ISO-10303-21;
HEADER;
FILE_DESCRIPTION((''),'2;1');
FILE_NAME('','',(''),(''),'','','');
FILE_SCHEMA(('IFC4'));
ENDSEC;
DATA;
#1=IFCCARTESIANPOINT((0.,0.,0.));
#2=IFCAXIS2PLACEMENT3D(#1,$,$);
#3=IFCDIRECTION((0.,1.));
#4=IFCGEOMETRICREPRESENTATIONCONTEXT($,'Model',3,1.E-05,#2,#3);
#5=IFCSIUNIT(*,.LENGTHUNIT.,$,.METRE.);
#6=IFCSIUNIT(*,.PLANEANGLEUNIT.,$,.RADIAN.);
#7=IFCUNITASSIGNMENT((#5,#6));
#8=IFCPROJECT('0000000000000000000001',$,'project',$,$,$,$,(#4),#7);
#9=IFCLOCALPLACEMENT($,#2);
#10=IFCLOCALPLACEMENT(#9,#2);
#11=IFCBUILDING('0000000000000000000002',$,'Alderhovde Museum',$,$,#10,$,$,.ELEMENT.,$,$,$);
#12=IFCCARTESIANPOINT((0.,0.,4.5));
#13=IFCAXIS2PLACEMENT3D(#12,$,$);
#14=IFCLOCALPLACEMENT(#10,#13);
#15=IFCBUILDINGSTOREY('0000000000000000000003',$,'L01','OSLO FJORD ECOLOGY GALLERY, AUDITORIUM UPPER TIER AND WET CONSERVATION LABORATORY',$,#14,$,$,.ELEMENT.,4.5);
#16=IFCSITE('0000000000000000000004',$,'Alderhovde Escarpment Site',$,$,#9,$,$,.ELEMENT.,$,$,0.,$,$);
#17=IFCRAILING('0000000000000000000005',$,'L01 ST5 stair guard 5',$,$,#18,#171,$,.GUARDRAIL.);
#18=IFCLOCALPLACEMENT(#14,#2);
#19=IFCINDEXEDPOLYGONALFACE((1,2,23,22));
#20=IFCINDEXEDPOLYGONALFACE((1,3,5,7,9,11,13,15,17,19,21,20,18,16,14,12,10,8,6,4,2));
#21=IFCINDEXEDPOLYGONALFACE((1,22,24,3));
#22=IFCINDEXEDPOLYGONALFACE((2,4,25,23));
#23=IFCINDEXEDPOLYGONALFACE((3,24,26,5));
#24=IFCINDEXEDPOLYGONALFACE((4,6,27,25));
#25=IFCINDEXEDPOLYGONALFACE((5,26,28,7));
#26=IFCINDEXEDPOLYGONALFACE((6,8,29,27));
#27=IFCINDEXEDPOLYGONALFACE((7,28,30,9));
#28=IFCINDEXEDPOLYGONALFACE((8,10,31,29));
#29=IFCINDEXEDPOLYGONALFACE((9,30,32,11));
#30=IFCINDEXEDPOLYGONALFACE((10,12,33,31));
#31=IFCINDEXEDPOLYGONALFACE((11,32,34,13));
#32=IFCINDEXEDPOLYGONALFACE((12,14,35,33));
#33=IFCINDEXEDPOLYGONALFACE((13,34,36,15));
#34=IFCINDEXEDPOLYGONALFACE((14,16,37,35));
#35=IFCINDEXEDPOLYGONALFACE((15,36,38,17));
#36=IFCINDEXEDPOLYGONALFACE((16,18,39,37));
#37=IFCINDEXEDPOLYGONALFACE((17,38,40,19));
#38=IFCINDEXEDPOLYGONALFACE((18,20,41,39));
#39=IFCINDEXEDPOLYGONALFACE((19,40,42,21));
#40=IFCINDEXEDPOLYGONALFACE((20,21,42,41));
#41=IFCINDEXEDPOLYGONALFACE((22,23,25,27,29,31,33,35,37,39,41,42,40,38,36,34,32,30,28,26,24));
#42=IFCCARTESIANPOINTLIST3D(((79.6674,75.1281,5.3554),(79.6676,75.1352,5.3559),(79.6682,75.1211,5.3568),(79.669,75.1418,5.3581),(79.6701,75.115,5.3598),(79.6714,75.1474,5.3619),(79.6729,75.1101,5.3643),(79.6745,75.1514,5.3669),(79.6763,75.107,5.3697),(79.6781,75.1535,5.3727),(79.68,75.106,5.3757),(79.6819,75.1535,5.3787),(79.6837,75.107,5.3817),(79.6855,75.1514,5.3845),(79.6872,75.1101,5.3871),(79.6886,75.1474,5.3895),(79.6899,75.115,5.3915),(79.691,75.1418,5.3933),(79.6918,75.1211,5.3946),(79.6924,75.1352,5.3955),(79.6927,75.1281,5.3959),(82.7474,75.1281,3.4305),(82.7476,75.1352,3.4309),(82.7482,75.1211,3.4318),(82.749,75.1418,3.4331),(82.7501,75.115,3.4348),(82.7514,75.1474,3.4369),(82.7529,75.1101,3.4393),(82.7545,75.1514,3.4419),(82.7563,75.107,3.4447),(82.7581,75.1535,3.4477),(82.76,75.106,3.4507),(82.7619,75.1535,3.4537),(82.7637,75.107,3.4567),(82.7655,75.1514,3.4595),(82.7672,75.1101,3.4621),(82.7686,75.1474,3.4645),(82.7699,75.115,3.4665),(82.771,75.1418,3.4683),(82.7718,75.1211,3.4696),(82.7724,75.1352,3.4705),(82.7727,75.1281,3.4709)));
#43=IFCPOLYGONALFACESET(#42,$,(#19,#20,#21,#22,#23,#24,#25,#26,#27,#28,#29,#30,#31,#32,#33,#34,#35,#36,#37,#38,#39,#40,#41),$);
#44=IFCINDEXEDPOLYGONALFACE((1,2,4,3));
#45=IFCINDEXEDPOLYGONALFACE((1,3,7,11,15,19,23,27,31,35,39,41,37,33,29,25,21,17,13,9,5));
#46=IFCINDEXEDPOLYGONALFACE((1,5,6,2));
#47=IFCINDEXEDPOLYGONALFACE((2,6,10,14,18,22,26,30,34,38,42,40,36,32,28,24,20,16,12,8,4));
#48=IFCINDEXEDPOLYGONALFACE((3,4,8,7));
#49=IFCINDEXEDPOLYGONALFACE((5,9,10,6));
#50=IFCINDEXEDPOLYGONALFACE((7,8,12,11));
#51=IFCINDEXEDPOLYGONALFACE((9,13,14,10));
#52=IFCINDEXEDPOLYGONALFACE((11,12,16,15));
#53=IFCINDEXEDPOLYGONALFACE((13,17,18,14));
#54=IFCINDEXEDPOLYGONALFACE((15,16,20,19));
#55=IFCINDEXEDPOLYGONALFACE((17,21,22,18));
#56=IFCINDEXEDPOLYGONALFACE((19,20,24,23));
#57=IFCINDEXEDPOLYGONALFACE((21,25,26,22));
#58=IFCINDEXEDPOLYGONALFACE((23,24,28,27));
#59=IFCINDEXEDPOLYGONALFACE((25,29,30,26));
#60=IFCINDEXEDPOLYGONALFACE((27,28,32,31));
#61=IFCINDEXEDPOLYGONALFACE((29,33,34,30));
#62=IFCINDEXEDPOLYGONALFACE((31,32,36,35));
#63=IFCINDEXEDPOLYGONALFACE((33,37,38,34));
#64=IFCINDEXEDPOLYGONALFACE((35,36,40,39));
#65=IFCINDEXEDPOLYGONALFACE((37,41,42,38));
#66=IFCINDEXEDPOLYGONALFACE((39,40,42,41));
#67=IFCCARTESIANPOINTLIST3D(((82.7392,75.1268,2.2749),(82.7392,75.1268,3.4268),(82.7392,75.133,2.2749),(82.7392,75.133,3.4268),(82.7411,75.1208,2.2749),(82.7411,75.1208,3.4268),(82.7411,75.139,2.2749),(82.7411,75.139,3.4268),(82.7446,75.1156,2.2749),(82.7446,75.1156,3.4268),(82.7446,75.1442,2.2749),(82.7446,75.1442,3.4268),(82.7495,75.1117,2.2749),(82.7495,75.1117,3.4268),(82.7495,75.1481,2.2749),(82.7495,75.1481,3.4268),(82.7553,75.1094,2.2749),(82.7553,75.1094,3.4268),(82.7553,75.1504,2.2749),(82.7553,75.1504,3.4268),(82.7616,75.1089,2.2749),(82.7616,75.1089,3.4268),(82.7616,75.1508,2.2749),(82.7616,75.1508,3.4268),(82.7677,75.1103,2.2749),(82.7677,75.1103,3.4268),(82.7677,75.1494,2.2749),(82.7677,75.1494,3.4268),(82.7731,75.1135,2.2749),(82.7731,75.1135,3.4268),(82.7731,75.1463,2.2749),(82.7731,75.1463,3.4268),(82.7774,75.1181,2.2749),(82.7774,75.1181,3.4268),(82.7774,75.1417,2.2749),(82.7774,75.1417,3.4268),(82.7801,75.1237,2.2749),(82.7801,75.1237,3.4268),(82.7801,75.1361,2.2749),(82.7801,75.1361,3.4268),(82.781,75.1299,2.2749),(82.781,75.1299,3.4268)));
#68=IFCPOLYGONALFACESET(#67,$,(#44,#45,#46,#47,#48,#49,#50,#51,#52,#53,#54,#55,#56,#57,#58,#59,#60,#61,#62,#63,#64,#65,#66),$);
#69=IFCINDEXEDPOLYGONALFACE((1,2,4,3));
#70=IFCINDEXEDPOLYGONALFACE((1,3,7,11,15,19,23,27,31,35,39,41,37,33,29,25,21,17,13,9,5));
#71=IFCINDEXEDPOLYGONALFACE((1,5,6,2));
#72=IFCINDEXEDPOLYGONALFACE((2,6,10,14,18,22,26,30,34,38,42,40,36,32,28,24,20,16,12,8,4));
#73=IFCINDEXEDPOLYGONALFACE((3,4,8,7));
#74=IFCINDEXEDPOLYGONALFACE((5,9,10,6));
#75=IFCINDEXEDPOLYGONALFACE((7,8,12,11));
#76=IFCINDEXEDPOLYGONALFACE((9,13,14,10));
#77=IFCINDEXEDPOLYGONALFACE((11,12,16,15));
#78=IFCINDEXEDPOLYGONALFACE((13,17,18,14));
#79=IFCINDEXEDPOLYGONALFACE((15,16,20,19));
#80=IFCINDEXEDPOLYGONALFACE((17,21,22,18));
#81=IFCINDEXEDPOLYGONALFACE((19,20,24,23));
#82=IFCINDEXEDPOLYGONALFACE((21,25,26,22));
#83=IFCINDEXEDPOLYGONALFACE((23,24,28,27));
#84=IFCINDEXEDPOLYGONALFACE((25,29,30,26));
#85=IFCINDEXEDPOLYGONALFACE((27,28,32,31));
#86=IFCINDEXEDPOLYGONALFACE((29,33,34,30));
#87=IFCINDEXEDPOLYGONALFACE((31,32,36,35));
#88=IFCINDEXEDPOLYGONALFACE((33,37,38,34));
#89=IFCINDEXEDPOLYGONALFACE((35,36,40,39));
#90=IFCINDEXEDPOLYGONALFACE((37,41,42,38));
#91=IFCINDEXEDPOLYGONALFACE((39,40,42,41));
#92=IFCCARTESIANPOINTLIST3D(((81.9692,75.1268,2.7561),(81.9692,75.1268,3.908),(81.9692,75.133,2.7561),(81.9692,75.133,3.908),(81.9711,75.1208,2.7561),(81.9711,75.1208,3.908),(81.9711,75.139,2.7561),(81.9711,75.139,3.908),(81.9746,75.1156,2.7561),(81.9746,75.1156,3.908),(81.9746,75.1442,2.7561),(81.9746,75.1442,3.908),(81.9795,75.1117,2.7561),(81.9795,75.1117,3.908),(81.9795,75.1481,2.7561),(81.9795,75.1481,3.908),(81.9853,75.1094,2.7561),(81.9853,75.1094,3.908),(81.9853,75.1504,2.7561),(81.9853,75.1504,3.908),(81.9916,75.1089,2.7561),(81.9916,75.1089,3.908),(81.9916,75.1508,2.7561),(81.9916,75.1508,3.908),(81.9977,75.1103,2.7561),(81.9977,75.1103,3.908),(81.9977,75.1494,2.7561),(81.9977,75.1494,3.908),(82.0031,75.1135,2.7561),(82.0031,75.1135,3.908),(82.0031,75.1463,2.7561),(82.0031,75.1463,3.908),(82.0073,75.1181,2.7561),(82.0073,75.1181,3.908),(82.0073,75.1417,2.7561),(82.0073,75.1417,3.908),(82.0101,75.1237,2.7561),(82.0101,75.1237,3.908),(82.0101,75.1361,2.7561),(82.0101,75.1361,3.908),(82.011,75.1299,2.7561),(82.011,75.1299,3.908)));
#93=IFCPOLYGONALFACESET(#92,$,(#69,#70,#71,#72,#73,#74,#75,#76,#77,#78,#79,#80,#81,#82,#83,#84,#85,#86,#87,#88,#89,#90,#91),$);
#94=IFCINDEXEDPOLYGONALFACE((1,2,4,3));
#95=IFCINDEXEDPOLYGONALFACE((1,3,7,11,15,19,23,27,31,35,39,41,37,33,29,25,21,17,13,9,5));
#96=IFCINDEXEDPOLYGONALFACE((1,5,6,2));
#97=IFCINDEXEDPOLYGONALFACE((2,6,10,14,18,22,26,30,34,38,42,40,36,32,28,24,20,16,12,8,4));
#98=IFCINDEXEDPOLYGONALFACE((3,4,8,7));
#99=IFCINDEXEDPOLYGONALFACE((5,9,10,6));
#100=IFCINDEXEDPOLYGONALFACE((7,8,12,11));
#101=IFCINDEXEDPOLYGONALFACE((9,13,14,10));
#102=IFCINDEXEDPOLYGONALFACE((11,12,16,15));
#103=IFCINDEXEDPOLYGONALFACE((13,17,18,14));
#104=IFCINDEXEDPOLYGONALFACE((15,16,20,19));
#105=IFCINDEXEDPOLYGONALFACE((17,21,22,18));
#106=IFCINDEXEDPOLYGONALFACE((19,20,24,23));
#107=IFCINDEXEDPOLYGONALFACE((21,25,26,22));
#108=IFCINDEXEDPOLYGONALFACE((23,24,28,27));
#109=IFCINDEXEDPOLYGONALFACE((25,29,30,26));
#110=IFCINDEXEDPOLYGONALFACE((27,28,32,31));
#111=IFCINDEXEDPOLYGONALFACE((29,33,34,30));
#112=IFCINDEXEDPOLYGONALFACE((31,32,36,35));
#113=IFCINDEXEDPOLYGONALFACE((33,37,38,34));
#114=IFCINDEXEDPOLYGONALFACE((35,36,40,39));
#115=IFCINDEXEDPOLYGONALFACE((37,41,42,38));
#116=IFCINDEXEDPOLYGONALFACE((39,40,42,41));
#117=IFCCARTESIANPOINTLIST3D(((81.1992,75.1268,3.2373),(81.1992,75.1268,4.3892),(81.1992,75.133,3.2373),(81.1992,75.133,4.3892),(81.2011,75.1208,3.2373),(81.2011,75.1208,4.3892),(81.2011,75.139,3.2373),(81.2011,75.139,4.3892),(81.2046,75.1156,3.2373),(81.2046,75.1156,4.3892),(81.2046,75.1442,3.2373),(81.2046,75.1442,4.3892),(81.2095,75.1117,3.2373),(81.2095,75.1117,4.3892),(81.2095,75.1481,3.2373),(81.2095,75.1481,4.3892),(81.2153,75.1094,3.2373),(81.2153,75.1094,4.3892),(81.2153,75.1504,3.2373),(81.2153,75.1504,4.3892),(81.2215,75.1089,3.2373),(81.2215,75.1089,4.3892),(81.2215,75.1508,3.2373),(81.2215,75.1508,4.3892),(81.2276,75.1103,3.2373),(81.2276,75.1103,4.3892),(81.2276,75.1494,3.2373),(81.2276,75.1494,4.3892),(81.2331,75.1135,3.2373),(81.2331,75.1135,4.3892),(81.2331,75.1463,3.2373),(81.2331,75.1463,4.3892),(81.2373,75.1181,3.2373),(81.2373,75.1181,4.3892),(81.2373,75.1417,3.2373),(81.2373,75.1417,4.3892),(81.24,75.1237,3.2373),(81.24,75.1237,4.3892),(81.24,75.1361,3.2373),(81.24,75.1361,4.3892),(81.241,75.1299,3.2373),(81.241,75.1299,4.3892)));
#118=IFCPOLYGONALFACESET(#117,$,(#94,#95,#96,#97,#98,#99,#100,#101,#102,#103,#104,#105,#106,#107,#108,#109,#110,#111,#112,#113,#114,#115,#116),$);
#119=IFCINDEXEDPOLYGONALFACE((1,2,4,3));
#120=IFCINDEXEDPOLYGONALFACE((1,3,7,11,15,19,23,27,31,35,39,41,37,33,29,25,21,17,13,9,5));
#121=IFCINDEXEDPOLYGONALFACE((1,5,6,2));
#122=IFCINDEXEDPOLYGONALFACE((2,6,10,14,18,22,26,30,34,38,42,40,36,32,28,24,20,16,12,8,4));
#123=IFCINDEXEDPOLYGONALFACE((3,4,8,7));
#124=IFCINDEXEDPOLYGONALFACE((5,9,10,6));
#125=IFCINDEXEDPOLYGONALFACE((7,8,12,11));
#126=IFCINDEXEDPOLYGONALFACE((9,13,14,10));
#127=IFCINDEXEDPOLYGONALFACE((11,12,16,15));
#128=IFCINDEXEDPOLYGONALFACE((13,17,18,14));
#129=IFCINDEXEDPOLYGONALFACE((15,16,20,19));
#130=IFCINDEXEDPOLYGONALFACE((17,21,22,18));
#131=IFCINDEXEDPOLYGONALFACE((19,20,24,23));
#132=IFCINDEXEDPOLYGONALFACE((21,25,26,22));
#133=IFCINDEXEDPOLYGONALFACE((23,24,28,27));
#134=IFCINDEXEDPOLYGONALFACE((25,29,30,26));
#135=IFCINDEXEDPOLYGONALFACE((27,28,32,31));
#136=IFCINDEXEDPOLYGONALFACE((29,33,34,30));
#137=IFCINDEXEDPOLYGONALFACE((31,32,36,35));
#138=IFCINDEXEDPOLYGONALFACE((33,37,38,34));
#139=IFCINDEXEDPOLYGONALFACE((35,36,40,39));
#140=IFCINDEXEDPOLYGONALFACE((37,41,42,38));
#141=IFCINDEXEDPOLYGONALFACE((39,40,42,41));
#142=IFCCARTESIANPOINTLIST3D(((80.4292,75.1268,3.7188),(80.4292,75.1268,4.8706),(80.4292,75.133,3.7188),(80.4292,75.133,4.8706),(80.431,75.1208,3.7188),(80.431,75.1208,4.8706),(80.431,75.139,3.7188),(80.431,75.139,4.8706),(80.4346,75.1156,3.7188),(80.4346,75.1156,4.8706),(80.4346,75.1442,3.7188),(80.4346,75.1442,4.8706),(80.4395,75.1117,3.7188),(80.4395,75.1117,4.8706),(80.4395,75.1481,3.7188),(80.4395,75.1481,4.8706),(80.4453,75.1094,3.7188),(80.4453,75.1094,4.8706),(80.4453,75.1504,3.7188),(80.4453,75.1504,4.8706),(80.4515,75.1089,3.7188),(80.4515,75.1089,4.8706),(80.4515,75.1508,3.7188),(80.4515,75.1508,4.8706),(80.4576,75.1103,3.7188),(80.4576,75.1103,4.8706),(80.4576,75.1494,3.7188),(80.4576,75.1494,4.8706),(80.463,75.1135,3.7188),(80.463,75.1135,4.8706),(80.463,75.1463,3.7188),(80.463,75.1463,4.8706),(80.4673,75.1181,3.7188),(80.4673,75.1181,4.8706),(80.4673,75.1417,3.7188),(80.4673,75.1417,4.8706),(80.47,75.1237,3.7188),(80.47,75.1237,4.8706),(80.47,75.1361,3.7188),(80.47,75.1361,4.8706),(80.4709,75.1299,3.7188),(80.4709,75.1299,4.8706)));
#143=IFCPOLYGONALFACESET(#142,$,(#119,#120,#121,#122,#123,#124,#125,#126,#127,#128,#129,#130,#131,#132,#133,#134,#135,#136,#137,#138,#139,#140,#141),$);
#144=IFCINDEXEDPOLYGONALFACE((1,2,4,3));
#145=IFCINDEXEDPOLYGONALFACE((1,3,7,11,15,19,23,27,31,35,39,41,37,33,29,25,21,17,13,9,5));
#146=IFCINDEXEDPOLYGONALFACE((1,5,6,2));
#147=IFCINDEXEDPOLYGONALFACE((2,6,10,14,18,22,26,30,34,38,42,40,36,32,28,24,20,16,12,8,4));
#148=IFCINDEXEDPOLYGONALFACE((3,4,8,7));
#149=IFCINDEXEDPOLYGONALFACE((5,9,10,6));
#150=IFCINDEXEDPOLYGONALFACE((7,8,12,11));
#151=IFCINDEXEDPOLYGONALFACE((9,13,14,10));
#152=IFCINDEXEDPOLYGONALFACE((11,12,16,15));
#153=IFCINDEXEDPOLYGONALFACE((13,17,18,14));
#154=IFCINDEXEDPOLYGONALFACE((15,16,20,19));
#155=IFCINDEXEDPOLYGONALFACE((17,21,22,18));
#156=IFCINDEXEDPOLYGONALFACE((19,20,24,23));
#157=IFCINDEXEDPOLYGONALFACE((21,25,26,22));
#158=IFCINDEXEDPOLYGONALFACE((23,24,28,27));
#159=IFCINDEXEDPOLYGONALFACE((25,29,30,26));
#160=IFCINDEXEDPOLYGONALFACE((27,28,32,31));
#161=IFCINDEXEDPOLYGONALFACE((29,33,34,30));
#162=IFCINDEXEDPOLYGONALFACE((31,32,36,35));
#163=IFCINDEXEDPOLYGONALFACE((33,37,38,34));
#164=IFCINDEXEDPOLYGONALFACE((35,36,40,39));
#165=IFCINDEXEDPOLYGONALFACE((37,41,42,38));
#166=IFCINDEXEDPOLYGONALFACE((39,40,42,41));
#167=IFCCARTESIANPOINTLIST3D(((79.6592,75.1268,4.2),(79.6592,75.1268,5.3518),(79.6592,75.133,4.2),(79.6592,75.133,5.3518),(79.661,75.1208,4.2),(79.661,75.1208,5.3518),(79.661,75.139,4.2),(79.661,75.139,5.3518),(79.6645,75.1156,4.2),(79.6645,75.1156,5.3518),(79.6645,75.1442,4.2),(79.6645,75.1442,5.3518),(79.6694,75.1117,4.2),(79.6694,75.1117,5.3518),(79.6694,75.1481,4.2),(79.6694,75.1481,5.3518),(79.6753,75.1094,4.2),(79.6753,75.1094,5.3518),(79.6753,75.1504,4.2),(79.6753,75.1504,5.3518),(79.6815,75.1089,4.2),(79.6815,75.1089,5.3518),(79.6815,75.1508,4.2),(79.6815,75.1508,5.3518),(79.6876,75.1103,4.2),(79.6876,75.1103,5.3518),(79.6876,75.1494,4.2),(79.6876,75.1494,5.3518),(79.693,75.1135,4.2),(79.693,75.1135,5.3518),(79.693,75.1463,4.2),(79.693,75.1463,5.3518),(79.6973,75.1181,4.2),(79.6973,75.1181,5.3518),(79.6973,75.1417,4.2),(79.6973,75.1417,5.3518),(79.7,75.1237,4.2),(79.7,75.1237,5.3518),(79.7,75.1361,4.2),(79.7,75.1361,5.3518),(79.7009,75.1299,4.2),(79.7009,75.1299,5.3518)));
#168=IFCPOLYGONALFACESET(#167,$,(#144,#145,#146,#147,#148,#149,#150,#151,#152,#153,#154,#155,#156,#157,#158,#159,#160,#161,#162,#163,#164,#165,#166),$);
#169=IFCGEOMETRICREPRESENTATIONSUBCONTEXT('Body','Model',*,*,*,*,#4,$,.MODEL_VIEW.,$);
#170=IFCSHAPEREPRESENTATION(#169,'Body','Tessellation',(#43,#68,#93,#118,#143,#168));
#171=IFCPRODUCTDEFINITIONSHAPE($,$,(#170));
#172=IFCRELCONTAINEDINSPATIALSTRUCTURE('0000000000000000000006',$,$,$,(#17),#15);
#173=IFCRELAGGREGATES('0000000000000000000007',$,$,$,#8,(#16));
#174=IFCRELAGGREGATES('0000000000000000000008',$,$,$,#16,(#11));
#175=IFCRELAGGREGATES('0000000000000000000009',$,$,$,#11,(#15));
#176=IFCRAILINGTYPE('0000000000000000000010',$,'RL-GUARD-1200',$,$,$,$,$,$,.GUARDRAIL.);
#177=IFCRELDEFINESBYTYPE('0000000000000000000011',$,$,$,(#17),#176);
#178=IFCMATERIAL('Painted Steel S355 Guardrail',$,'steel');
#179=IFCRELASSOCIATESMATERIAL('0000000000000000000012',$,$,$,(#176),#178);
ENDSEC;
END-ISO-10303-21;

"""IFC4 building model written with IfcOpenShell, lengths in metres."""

from ifc_helpers import new_model, si_unit, direction, frame, origin, origin_2d, place, context, subcontext, project, spatial, circle, extrude, material, type_object, element, save


model = new_model("IFC4")

# Units and contexts
model_context = context("Model", 3, precision=1e-05, world=origin(), true_north=direction((0.0, 1.0)))
body_context = subcontext(model_context, "Body", "Model", "MODEL_VIEW")
ifc_project = project(units=[si_unit("LENGTHUNIT", "METRE"), si_unit("PLANEANGLEUNIT", "RADIAN")], contexts=[model_context])

# Site, building, storey
site_placement = place(None, origin())
site = spatial("IfcSite", under=ifc_project, at=site_placement, Name="Alderhovde Escarpment Site", CompositionType="ELEMENT", RefElevation=0.0)
building_placement = place(site_placement, origin())
building = spatial("IfcBuilding", under=site, at=building_placement, Name="Alderhovde Museum", CompositionType="ELEMENT")
storey_placement = place(building_placement, frame((0.0, 0.0, 4.5)))
storey = spatial("IfcBuildingStorey", under=building, at=storey_placement, Name="L01", Description="OSLO FJORD ECOLOGY GALLERY, AUDITORIUM UPPER TIER AND WET CONSERVATION LABORATORY", CompositionType="ELEMENT", Elevation=4.5)

# Railing
ifc_material_1 = material(Name="Painted Steel S355 Guardrail", Category="steel")
railing_type_1 = type_object("IfcRailingType", Name="RL-GUARD-1200", PredefinedType="GUARDRAIL", material=ifc_material_1)
railing_1_placement = place(storey_placement, frame((82.76, 75.1299, 2.2749)))
element("IfcRailing", 1, at=railing_1_placement, inside=storey, type_object=railing_type_1, Name="L01 ST5 stair guard 5", PredefinedType="GUARDRAIL", context=body_context, shape_type="SweptSolid", body=[
    extrude(circle(Radius=0.0239, at=origin_2d()), frame((0.0, 0.0, 1.1758), z_axis=(-0.847998, 0.0, 0.529999), x_axis=(0.0, -1.0, 0.0)), (0.0, 0.0, 1.0), 3.6321),
    extrude(circle(Radius=0.021, at=origin_2d()), origin(), (0.0, 0.0, 1.0), 1.1519),
    extrude(circle(Radius=0.021, at=origin_2d()), frame((-0.77, 0.0, 0.4812)), (0.0, 0.0, 1.0), 1.1519),
    extrude(circle(Radius=0.021, at=origin_2d()), frame((-1.54, 0.0, 0.9624)), (0.0, 0.0, 1.0), 1.1519),
    extrude(circle(Radius=0.021, at=origin_2d()), frame((-2.3101, 0.0, 1.4438)), (0.0, 0.0, 1.0), 1.1519),
    extrude(circle(Radius=0.021, at=origin_2d()), frame((-3.0801, 0.0, 1.925)), (0.0, 0.0, 1.0), 1.1519),
])

save(model, "model.ifc")
